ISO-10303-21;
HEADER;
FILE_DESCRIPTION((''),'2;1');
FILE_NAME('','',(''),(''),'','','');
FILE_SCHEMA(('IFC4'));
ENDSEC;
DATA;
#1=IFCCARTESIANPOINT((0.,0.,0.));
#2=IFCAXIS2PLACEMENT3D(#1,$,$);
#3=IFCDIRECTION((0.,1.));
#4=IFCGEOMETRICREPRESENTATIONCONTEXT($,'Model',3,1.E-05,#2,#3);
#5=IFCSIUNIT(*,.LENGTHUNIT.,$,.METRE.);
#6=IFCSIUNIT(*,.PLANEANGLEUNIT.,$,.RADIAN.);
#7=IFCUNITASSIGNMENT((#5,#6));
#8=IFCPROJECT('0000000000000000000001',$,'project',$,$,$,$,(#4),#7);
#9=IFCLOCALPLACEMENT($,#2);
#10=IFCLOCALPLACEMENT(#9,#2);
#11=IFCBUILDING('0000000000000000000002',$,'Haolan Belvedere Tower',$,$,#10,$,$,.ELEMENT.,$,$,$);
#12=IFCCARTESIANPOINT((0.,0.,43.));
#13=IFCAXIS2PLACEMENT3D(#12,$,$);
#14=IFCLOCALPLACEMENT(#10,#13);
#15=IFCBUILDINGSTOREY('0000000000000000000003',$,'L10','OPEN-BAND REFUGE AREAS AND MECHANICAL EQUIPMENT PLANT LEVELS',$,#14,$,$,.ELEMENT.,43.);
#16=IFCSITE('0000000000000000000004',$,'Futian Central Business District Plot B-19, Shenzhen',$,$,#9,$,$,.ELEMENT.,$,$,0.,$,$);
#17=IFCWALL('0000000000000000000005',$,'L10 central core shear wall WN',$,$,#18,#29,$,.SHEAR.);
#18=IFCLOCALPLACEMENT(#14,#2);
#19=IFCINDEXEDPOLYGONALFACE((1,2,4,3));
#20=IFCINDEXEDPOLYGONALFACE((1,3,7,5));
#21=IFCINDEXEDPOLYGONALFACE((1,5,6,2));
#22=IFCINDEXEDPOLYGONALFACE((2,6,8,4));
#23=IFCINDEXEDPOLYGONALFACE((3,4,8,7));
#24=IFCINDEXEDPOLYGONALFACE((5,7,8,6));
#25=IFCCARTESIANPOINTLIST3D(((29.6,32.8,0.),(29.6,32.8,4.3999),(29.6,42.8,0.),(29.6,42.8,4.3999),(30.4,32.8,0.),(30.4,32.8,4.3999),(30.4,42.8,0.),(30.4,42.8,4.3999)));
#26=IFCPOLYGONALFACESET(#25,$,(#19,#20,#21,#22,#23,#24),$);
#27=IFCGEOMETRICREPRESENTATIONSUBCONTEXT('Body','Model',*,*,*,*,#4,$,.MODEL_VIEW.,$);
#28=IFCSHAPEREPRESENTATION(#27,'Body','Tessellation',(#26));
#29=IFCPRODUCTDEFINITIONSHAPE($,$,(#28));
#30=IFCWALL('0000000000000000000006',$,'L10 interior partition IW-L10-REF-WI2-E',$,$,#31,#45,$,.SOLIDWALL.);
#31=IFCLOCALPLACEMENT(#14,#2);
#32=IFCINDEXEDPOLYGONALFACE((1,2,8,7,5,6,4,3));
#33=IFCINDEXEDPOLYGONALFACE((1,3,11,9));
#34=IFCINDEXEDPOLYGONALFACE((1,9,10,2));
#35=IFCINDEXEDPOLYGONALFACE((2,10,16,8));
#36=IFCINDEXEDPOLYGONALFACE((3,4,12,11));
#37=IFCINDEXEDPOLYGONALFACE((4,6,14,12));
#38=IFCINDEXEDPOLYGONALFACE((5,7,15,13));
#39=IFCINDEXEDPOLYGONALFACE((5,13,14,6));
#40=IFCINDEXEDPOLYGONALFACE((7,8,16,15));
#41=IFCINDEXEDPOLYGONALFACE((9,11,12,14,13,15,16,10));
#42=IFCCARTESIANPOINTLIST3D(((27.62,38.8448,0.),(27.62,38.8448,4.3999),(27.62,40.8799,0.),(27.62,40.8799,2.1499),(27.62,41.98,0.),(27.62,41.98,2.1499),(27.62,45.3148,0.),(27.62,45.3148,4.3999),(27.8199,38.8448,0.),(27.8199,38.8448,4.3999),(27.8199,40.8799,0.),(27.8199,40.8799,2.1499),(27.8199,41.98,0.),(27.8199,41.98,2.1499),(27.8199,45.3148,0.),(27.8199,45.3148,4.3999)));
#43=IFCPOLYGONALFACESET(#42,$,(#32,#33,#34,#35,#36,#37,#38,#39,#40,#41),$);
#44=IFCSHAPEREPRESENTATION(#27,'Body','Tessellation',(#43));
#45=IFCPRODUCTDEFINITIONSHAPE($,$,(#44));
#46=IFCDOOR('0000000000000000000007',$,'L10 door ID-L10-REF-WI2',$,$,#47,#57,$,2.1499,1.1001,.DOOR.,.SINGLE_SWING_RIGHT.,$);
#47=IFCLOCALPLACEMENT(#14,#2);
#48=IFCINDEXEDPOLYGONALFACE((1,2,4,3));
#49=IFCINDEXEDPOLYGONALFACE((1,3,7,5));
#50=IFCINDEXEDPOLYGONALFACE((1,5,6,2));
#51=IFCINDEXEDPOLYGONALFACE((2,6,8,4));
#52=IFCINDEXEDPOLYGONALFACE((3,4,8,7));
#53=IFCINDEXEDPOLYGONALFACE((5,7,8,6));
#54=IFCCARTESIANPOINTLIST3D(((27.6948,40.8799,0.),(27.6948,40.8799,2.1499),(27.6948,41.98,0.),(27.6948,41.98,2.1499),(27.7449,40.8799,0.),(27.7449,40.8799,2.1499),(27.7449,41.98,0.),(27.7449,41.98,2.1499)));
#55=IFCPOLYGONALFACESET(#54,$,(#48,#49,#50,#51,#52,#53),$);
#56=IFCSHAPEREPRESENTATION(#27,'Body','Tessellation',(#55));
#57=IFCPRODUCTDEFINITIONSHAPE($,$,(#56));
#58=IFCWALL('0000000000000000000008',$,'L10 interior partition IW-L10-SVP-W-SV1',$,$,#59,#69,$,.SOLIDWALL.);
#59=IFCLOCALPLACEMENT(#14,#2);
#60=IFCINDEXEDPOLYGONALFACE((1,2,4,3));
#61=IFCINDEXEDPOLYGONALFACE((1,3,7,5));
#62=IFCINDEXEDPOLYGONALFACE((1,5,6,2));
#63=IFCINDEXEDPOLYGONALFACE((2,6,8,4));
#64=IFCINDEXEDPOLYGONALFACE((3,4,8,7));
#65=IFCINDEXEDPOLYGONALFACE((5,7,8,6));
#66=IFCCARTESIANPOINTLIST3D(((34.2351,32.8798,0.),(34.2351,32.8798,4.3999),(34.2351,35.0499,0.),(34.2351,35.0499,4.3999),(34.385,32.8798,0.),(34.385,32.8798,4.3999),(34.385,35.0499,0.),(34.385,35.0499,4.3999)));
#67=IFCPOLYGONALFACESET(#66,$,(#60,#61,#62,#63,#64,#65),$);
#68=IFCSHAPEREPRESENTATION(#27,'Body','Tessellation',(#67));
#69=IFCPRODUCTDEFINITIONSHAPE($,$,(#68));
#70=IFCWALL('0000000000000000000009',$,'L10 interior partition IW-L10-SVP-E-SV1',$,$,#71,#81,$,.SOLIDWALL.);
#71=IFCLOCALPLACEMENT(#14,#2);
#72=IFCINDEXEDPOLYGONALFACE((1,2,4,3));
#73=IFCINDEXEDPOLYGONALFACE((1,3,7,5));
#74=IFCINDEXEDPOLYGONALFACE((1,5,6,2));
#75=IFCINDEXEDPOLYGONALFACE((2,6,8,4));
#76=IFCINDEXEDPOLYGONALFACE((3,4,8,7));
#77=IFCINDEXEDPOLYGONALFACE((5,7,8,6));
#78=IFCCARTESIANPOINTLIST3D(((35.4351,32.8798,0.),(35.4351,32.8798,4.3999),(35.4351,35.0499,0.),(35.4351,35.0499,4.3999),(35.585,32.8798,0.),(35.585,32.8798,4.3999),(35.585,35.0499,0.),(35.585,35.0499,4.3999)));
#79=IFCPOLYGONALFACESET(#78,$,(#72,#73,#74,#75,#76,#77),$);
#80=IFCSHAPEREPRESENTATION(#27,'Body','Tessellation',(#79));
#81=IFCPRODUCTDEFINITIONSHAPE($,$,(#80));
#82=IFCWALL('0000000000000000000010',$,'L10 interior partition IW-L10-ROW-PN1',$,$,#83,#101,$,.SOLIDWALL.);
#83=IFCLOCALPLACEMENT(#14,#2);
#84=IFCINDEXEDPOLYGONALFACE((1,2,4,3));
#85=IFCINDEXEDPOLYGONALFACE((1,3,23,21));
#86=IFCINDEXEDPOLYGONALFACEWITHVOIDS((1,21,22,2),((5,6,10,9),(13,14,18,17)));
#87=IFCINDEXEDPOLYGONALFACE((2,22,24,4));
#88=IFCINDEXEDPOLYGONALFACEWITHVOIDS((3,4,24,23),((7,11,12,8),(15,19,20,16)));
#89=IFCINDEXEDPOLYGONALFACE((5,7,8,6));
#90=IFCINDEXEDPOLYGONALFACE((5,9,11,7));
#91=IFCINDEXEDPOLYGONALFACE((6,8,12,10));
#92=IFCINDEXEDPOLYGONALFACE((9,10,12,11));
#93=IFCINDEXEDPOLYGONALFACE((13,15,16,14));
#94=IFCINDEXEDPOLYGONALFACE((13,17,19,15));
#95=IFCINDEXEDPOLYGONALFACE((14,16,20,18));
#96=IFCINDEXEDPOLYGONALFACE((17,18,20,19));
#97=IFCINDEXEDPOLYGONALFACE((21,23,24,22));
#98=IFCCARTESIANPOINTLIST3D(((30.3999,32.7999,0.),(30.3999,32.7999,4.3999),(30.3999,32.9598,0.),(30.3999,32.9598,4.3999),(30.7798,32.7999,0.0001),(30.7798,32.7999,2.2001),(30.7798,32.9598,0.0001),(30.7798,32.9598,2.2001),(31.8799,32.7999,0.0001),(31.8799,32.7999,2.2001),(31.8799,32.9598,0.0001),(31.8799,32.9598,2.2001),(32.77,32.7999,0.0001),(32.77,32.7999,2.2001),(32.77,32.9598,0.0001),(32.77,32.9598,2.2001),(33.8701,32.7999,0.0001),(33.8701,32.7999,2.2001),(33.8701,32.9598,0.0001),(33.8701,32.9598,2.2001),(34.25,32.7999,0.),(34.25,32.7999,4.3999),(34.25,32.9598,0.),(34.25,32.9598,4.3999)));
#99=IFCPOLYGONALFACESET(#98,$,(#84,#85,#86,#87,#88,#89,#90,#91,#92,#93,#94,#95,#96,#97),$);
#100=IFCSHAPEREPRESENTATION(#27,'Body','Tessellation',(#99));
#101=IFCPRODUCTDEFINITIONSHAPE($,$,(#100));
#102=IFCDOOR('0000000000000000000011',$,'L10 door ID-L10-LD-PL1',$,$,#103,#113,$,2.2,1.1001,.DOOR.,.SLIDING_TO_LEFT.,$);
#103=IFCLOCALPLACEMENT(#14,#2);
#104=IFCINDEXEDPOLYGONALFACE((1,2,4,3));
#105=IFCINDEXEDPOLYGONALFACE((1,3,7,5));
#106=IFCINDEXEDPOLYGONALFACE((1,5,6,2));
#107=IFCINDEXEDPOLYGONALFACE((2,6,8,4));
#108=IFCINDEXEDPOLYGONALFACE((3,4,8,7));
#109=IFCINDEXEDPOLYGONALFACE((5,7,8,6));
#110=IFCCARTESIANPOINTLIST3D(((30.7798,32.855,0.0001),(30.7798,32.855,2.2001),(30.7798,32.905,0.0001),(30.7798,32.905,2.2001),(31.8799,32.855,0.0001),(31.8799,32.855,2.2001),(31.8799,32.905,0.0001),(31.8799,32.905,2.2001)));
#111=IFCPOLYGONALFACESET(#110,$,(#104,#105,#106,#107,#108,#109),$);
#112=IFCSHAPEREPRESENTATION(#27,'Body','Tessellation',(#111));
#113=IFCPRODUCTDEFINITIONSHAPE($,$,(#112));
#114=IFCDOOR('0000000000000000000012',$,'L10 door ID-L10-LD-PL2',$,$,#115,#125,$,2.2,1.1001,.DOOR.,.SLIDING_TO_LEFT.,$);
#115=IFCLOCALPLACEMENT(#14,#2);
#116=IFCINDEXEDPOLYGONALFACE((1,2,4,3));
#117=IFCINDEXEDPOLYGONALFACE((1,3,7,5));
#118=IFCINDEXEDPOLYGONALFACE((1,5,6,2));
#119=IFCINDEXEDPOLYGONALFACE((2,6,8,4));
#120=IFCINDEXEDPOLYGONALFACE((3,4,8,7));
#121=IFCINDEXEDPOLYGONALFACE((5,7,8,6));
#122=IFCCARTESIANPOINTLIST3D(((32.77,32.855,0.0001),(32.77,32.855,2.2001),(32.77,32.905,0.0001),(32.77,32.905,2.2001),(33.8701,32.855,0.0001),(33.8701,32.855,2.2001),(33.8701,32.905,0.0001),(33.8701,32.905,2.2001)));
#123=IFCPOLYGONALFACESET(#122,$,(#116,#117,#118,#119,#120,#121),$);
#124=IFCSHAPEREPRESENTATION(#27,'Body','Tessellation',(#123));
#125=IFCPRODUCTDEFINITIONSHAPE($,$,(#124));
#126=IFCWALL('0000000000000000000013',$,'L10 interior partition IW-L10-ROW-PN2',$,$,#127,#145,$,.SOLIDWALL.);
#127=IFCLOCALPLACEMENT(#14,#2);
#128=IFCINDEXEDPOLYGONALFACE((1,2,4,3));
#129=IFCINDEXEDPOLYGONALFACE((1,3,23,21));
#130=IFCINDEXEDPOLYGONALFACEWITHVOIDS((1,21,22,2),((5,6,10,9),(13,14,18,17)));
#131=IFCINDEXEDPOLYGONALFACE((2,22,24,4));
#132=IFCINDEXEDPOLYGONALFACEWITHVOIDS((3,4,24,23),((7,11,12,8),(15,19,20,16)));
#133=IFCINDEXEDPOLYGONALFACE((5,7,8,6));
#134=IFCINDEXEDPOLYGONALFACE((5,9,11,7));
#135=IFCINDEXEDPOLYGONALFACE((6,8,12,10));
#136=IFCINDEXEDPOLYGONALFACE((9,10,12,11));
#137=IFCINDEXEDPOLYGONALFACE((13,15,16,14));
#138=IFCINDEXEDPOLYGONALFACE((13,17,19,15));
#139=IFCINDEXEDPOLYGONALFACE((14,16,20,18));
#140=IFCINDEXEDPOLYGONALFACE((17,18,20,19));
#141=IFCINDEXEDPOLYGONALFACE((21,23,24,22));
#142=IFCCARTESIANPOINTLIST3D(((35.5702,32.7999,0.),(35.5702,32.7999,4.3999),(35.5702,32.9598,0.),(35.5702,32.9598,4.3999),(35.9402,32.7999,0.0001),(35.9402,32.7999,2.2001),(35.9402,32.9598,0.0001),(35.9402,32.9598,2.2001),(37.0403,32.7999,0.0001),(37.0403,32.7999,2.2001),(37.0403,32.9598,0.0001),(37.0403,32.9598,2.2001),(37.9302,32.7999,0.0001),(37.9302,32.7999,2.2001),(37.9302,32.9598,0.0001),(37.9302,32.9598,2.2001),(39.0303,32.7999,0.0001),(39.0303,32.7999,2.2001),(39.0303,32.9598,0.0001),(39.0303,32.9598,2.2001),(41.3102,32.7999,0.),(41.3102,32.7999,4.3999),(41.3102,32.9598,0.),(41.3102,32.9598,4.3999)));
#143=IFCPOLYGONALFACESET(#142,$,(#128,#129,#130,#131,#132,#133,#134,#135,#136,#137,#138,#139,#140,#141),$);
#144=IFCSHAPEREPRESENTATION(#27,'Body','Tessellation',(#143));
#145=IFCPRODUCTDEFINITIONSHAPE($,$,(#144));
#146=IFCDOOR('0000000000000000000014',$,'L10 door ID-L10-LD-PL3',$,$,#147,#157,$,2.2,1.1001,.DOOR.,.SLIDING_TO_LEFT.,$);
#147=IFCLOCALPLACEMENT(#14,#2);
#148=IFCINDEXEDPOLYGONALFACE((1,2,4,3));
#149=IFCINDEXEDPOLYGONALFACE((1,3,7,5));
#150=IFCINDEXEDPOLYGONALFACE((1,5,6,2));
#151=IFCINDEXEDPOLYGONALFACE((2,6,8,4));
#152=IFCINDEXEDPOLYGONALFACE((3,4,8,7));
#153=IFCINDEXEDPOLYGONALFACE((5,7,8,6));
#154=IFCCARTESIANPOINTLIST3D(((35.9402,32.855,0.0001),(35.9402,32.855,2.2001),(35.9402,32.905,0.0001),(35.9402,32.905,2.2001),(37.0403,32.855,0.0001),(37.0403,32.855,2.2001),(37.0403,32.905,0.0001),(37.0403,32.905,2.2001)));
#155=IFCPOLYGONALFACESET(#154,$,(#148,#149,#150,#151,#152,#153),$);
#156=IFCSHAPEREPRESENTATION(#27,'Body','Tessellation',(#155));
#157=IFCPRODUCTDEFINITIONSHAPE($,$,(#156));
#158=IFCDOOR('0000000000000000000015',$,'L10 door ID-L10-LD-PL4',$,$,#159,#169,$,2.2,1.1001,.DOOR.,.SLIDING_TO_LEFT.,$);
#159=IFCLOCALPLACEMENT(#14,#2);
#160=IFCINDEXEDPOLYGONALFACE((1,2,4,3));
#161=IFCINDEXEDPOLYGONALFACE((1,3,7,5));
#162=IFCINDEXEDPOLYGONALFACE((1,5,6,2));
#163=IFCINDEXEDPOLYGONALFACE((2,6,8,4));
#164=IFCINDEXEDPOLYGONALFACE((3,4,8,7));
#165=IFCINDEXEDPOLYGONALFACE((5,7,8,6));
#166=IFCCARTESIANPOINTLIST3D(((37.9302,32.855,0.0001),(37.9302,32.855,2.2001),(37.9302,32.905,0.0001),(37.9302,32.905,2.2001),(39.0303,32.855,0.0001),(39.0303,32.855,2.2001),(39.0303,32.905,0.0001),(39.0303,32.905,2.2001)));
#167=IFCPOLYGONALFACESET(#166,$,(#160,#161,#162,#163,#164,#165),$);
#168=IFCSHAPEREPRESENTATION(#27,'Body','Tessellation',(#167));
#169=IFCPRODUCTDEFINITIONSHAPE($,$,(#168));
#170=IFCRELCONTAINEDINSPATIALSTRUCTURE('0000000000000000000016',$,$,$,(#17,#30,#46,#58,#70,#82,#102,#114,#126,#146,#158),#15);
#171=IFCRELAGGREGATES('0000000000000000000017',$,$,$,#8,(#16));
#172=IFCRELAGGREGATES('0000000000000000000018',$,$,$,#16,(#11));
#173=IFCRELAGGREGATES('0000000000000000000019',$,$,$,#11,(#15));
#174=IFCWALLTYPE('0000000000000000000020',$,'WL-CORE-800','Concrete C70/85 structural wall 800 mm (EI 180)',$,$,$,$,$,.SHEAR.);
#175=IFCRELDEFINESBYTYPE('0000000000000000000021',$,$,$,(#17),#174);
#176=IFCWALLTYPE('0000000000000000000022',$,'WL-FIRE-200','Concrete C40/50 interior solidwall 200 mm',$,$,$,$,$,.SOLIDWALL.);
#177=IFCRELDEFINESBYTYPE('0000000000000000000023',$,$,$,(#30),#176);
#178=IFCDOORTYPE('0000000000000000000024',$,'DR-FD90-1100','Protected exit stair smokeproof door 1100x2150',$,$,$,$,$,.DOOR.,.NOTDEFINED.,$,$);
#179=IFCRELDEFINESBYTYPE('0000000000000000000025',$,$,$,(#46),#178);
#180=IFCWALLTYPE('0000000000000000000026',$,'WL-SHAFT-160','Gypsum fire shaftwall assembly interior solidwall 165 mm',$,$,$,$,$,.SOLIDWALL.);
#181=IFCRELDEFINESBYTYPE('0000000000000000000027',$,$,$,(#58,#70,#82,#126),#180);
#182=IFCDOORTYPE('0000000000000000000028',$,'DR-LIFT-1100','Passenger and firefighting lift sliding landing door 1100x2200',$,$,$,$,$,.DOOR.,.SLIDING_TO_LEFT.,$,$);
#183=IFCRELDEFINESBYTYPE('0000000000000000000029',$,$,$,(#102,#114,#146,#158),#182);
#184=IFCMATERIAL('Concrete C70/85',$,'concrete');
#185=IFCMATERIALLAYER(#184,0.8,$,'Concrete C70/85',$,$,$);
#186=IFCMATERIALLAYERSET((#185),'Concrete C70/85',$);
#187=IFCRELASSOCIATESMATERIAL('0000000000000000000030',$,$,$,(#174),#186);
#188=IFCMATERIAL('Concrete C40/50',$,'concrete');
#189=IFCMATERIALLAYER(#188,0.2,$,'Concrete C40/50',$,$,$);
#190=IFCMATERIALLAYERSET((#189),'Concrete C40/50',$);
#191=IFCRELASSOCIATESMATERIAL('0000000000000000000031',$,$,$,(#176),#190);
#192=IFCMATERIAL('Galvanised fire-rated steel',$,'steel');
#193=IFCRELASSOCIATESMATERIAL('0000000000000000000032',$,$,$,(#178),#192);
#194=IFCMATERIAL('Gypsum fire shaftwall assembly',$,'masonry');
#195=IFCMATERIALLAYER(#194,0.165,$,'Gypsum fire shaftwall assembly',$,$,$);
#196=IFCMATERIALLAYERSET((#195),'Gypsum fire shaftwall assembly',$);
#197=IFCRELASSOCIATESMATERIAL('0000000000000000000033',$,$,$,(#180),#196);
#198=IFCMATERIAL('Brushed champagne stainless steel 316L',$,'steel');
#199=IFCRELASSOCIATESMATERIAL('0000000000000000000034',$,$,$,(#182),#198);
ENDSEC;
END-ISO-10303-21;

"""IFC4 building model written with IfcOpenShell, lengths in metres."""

from ifc_helpers import new_model, si_unit, direction, frame, frame_2d, origin, place, context, subcontext, project, spatial, rectangle, extrude, material, layer, layer_set, type_object, element, fill, save


model = new_model("IFC4")

# Units and contexts
model_context = context("Model", 3, precision=1e-05, world=origin(), true_north=direction((0.0, 1.0)))
body_context = subcontext(model_context, "Body", "Model", "MODEL_VIEW")
ifc_project = project(units=[si_unit("LENGTHUNIT", "METRE"), si_unit("PLANEANGLEUNIT", "RADIAN")], contexts=[model_context])

# Site, building, storey
site_placement = place(None, origin())
site = spatial("IfcSite", under=ifc_project, at=site_placement, Name="Futian Central Business District Plot B-19, Shenzhen", CompositionType="ELEMENT", RefElevation=0.0)
building_placement = place(site_placement, origin())
building = spatial("IfcBuilding", under=site, at=building_placement, Name="Haolan Belvedere Tower", CompositionType="ELEMENT")
storey_placement = place(building_placement, frame((0.0, 0.0, 43.0)))
storey = spatial("IfcBuildingStorey", under=building, at=storey_placement, Name="L10", Description="OPEN-BAND REFUGE AREAS AND MECHANICAL EQUIPMENT PLANT LEVELS", CompositionType="ELEMENT", Elevation=43.0)

# Wall
ifc_material_1 = material(Name="Concrete C70/85", Category="concrete")
ifc_layer_1 = layer(ifc_material_1, 0.8, Name="Concrete C70/85")
ifc_layer_set_1 = layer_set([ifc_layer_1], Name="Concrete C70/85")
wall_type_1 = type_object("IfcWallType", Name="WL-CORE-800", Description="Concrete C70/85 structural wall 800 mm (EI 180)", PredefinedType="SHEAR", material=ifc_layer_set_1)
wall_1_placement = place(storey_placement, frame((30.0, 32.8, 0.0), z_axis=(0.0, 0.0, 1.0), x_axis=(0.0, 1.0, 0.0)))
element("IfcWall", 1, at=wall_1_placement, inside=storey, type_object=wall_type_1, Name="L10 central core shear wall WN", PredefinedType="SHEAR", context=body_context, shape_type="SweptSolid", body=[
    extrude(rectangle(XDim=10.0, YDim=0.8, at=frame_2d((5.0, 0.0))), origin(), (0.0, 0.0, 1.0), 4.3999),
])

# Wall, opening, door
ifc_material_2 = material(Name="Concrete C40/50", Category="concrete")
ifc_layer_2 = layer(ifc_material_2, 0.2, Name="Concrete C40/50")
ifc_layer_set_2 = layer_set([ifc_layer_2], Name="Concrete C40/50")
wall_type_2 = type_object("IfcWallType", Name="WL-FIRE-200", Description="Concrete C40/50 interior solidwall 200 mm", PredefinedType="SOLIDWALL", material=ifc_layer_set_2)
wall_2_placement = place(storey_placement, frame((27.72, 38.845, 0.0), z_axis=(0.0, 0.0, 1.0), x_axis=(0.0, 1.0, 0.0)))
wall_2 = element("IfcWall", 2, at=wall_2_placement, inside=storey, type_object=wall_type_2, Name="L10 interior partition IW-L10-REF-WI2-E", PredefinedType="SOLIDWALL", context=body_context, shape_type="SweptSolid", body=[
    extrude(rectangle(XDim=6.47, YDim=0.2, at=frame_2d((3.2349, 0.0))), origin(), (0.0, 0.0, 1.0), 4.3999),
])
opening_1_placement = place(wall_2_placement, frame((3.135, 0.0, 0.0), z_axis=(0.0, 0.0, 1.0), x_axis=(-1.0, 0.0, 0.0)))
opening_1 = element("IfcOpeningElement", 3, at=opening_1_placement, cuts=wall_2, PredefinedType="OPENING", context=body_context, shape_type="SweptSolid", body=[
    extrude(rectangle(XDim=1.1001, YDim=2.1499, at=frame_2d((0.55, 1.075))), frame((0.0, 0.1099, 0.0), z_axis=(0.0, -1.0, 0.0), x_axis=(1.0, 0.0, 0.0)), (0.0, 0.0, 1.0), 0.22),
])
ifc_material_3 = material(Name="Galvanised fire-rated steel", Category="steel")
door_type_1 = type_object("IfcDoorType", Name="DR-FD90-1100", Description="Protected exit stair smokeproof door 1100x2150", OperationType="NOTDEFINED", PredefinedType="DOOR", material=ifc_material_3)
door_1_placement = place(opening_1_placement, origin())
door_1 = element("IfcDoor", 4, at=door_1_placement, inside=storey, type_object=door_type_1, Name="L10 door ID-L10-REF-WI2", OperationType="SINGLE_SWING_RIGHT", OverallHeight=2.1499, OverallWidth=1.1001, PredefinedType="DOOR", context=body_context, shape_type="SweptSolid", body=[
    extrude(rectangle(XDim=1.1001, YDim=2.1499, at=frame_2d((0.55, 1.075))), frame((0.0, 0.0249, 0.0), z_axis=(0.0, -1.0, 0.0), x_axis=(1.0, 0.0, 0.0)), (0.0, 0.0, 1.0), 0.05),
])
fill(opening_1, door_1)

# Walls
ifc_material_4 = material(Name="Gypsum fire shaftwall assembly", Category="masonry")
ifc_layer_3 = layer(ifc_material_4, 0.165, Name="Gypsum fire shaftwall assembly")
ifc_layer_set_3 = layer_set([ifc_layer_3], Name="Gypsum fire shaftwall assembly")
wall_type_3 = type_object("IfcWallType", Name="WL-SHAFT-160", Description="Gypsum fire shaftwall assembly interior solidwall 165 mm", PredefinedType="SOLIDWALL", material=ifc_layer_set_3)
for number, where, z_axis, x_axis, name in (
    (5, (34.3101, 32.8799, 0.0), (0.0, 0.0, 1.0), (0.0, 1.0, 0.0), "L10 interior partition IW-L10-SVP-W-SV1"),
    (6, (35.51, 32.8799, 0.0), (0.0, 0.0, 1.0), (0.0, 1.0, 0.0), "L10 interior partition IW-L10-SVP-E-SV1"),
):
    element("IfcWall", number, at=place(storey_placement, frame(where, z_axis=z_axis, x_axis=x_axis)), inside=storey, type_object=wall_type_3, Name=name, PredefinedType="SOLIDWALL", context=body_context, shape_type="SweptSolid", body=[
        extrude(rectangle(XDim=2.1702, YDim=0.1499, at=frame_2d((1.085, 0.0))), origin(), (0.0, 0.0, 1.0), 4.3999),
    ])

# Walls, openings, doors
wall_3_placement = place(storey_placement, frame((30.3999, 32.8799, 0.0), z_axis=(0.0, 0.0, 1.0), x_axis=(1.0, 0.0, 0.0)))
wall_3 = element("IfcWall", 7, at=wall_3_placement, inside=storey, type_object=wall_type_3, Name="L10 interior partition IW-L10-ROW-PN1", PredefinedType="SOLIDWALL", context=body_context, shape_type="SweptSolid", body=[
    extrude(rectangle(XDim=3.8501, YDim=0.1599, at=frame_2d((1.925, 0.0))), origin(), (0.0, 0.0, 1.0), 4.3999),
])
opening_2_placement = place(wall_3_placement, frame((1.48, 0.0, 0.0), z_axis=(0.0, 0.0, 1.0), x_axis=(-1.0, 0.0, 0.0)))
opening_2 = element("IfcOpeningElement", 8, at=opening_2_placement, cuts=wall_3, PredefinedType="OPENING", context=body_context, shape_type="SweptSolid", body=[
    extrude(rectangle(XDim=1.1001, YDim=2.2, at=frame_2d((0.55, 1.1001))), frame((0.0, 0.0898, 0.0), z_axis=(0.0, -1.0, 0.0), x_axis=(1.0, 0.0, 0.0)), (0.0, 0.0, 1.0), 0.1799),
])
opening_3_placement = place(wall_3_placement, frame((3.4702, 0.0, 0.0), z_axis=(0.0, 0.0, 1.0), x_axis=(-1.0, 0.0, 0.0)))
opening_3 = element("IfcOpeningElement", 9, at=opening_3_placement, cuts=wall_3, PredefinedType="OPENING", context=body_context, shape_type="SweptSolid", body=[
    extrude(rectangle(XDim=1.1001, YDim=2.2, at=frame_2d((0.55, 1.1001))), frame((0.0, 0.0898, 0.0), z_axis=(0.0, -1.0, 0.0), x_axis=(1.0, 0.0, 0.0)), (0.0, 0.0, 1.0), 0.1799),
])
ifc_material_5 = material(Name="Brushed champagne stainless steel 316L", Category="steel")
door_type_2 = type_object("IfcDoorType", Name="DR-LIFT-1100", Description="Passenger and firefighting lift sliding landing door 1100x2200", OperationType="SLIDING_TO_LEFT", PredefinedType="DOOR", material=ifc_material_5)
door_2_placement = place(opening_2_placement, origin())
door_2 = element("IfcDoor", 10, at=door_2_placement, inside=storey, type_object=door_type_2, Name="L10 door ID-L10-LD-PL1", OperationType="SLIDING_TO_LEFT", OverallHeight=2.2, OverallWidth=1.1001, PredefinedType="DOOR", context=body_context, shape_type="SweptSolid", body=[
    extrude(rectangle(XDim=1.1001, YDim=2.2, at=frame_2d((0.55, 1.1001))), frame((0.0, 0.0249, 0.0), z_axis=(0.0, -1.0, 0.0), x_axis=(1.0, 0.0, 0.0)), (0.0, 0.0, 1.0), 0.05),
])
fill(opening_2, door_2)
door_3_placement = place(opening_3_placement, origin())
door_3 = element("IfcDoor", 11, at=door_3_placement, inside=storey, type_object=door_type_2, Name="L10 door ID-L10-LD-PL2", OperationType="SLIDING_TO_LEFT", OverallHeight=2.2, OverallWidth=1.1001, PredefinedType="DOOR", context=body_context, shape_type="SweptSolid", body=[
    extrude(rectangle(XDim=1.1001, YDim=2.2, at=frame_2d((0.55, 1.1001))), frame((0.0, 0.0249, 0.0), z_axis=(0.0, -1.0, 0.0), x_axis=(1.0, 0.0, 0.0)), (0.0, 0.0, 1.0), 0.05),
])
fill(opening_3, door_3)
wall_4_placement = place(storey_placement, frame((35.5701, 32.8799, 0.0), z_axis=(0.0, 0.0, 1.0), x_axis=(1.0, 0.0, 0.0)))
wall_4 = element("IfcWall", 12, at=wall_4_placement, inside=storey, type_object=wall_type_3, Name="L10 interior partition IW-L10-ROW-PN2", PredefinedType="SOLIDWALL", context=body_context, shape_type="SweptSolid", body=[
    extrude(rectangle(XDim=5.74, YDim=0.1599, at=frame_2d((2.8701, 0.0))), origin(), (0.0, 0.0, 1.0), 4.3999),
])
opening_4_placement = place(wall_4_placement, frame((1.4702, 0.0, 0.0), z_axis=(0.0, 0.0, 1.0), x_axis=(-1.0, 0.0, 0.0)))
opening_4 = element("IfcOpeningElement", 13, at=opening_4_placement, cuts=wall_4, PredefinedType="OPENING", context=body_context, shape_type="SweptSolid", body=[
    extrude(rectangle(XDim=1.1001, YDim=2.2, at=frame_2d((0.55, 1.1001))), frame((0.0, 0.0898, 0.0), z_axis=(0.0, -1.0, 0.0), x_axis=(1.0, 0.0, 0.0)), (0.0, 0.0, 1.0), 0.1799),
])
opening_5_placement = place(wall_4_placement, frame((3.4602, 0.0, 0.0), z_axis=(0.0, 0.0, 1.0), x_axis=(-1.0, 0.0, 0.0)))
opening_5 = element("IfcOpeningElement", 14, at=opening_5_placement, cuts=wall_4, PredefinedType="OPENING", context=body_context, shape_type="SweptSolid", body=[
    extrude(rectangle(XDim=1.1001, YDim=2.2, at=frame_2d((0.55, 1.1001))), frame((0.0, 0.0898, 0.0), z_axis=(0.0, -1.0, 0.0), x_axis=(1.0, 0.0, 0.0)), (0.0, 0.0, 1.0), 0.1799),
])
door_4_placement = place(opening_4_placement, origin())
door_4 = element("IfcDoor", 15, at=door_4_placement, inside=storey, type_object=door_type_2, Name="L10 door ID-L10-LD-PL3", OperationType="SLIDING_TO_LEFT", OverallHeight=2.2, OverallWidth=1.1001, PredefinedType="DOOR", context=body_context, shape_type="SweptSolid", body=[
    extrude(rectangle(XDim=1.1001, YDim=2.2, at=frame_2d((0.55, 1.1001))), frame((0.0, 0.0249, 0.0), z_axis=(0.0, -1.0, 0.0), x_axis=(1.0, 0.0, 0.0)), (0.0, 0.0, 1.0), 0.05),
])
fill(opening_4, door_4)
door_5_placement = place(opening_5_placement, origin())
door_5 = element("IfcDoor", 16, at=door_5_placement, inside=storey, type_object=door_type_2, Name="L10 door ID-L10-LD-PL4", OperationType="SLIDING_TO_LEFT", OverallHeight=2.2, OverallWidth=1.1001, PredefinedType="DOOR", context=body_context, shape_type="SweptSolid", body=[
    extrude(rectangle(XDim=1.1001, YDim=2.2, at=frame_2d((0.55, 1.1001))), frame((0.0, 0.0249, 0.0), z_axis=(0.0, -1.0, 0.0), x_axis=(1.0, 0.0, 0.0)), (0.0, 0.0, 1.0), 0.05),
])
fill(opening_5, door_5)

save(model, "model.ifc")
